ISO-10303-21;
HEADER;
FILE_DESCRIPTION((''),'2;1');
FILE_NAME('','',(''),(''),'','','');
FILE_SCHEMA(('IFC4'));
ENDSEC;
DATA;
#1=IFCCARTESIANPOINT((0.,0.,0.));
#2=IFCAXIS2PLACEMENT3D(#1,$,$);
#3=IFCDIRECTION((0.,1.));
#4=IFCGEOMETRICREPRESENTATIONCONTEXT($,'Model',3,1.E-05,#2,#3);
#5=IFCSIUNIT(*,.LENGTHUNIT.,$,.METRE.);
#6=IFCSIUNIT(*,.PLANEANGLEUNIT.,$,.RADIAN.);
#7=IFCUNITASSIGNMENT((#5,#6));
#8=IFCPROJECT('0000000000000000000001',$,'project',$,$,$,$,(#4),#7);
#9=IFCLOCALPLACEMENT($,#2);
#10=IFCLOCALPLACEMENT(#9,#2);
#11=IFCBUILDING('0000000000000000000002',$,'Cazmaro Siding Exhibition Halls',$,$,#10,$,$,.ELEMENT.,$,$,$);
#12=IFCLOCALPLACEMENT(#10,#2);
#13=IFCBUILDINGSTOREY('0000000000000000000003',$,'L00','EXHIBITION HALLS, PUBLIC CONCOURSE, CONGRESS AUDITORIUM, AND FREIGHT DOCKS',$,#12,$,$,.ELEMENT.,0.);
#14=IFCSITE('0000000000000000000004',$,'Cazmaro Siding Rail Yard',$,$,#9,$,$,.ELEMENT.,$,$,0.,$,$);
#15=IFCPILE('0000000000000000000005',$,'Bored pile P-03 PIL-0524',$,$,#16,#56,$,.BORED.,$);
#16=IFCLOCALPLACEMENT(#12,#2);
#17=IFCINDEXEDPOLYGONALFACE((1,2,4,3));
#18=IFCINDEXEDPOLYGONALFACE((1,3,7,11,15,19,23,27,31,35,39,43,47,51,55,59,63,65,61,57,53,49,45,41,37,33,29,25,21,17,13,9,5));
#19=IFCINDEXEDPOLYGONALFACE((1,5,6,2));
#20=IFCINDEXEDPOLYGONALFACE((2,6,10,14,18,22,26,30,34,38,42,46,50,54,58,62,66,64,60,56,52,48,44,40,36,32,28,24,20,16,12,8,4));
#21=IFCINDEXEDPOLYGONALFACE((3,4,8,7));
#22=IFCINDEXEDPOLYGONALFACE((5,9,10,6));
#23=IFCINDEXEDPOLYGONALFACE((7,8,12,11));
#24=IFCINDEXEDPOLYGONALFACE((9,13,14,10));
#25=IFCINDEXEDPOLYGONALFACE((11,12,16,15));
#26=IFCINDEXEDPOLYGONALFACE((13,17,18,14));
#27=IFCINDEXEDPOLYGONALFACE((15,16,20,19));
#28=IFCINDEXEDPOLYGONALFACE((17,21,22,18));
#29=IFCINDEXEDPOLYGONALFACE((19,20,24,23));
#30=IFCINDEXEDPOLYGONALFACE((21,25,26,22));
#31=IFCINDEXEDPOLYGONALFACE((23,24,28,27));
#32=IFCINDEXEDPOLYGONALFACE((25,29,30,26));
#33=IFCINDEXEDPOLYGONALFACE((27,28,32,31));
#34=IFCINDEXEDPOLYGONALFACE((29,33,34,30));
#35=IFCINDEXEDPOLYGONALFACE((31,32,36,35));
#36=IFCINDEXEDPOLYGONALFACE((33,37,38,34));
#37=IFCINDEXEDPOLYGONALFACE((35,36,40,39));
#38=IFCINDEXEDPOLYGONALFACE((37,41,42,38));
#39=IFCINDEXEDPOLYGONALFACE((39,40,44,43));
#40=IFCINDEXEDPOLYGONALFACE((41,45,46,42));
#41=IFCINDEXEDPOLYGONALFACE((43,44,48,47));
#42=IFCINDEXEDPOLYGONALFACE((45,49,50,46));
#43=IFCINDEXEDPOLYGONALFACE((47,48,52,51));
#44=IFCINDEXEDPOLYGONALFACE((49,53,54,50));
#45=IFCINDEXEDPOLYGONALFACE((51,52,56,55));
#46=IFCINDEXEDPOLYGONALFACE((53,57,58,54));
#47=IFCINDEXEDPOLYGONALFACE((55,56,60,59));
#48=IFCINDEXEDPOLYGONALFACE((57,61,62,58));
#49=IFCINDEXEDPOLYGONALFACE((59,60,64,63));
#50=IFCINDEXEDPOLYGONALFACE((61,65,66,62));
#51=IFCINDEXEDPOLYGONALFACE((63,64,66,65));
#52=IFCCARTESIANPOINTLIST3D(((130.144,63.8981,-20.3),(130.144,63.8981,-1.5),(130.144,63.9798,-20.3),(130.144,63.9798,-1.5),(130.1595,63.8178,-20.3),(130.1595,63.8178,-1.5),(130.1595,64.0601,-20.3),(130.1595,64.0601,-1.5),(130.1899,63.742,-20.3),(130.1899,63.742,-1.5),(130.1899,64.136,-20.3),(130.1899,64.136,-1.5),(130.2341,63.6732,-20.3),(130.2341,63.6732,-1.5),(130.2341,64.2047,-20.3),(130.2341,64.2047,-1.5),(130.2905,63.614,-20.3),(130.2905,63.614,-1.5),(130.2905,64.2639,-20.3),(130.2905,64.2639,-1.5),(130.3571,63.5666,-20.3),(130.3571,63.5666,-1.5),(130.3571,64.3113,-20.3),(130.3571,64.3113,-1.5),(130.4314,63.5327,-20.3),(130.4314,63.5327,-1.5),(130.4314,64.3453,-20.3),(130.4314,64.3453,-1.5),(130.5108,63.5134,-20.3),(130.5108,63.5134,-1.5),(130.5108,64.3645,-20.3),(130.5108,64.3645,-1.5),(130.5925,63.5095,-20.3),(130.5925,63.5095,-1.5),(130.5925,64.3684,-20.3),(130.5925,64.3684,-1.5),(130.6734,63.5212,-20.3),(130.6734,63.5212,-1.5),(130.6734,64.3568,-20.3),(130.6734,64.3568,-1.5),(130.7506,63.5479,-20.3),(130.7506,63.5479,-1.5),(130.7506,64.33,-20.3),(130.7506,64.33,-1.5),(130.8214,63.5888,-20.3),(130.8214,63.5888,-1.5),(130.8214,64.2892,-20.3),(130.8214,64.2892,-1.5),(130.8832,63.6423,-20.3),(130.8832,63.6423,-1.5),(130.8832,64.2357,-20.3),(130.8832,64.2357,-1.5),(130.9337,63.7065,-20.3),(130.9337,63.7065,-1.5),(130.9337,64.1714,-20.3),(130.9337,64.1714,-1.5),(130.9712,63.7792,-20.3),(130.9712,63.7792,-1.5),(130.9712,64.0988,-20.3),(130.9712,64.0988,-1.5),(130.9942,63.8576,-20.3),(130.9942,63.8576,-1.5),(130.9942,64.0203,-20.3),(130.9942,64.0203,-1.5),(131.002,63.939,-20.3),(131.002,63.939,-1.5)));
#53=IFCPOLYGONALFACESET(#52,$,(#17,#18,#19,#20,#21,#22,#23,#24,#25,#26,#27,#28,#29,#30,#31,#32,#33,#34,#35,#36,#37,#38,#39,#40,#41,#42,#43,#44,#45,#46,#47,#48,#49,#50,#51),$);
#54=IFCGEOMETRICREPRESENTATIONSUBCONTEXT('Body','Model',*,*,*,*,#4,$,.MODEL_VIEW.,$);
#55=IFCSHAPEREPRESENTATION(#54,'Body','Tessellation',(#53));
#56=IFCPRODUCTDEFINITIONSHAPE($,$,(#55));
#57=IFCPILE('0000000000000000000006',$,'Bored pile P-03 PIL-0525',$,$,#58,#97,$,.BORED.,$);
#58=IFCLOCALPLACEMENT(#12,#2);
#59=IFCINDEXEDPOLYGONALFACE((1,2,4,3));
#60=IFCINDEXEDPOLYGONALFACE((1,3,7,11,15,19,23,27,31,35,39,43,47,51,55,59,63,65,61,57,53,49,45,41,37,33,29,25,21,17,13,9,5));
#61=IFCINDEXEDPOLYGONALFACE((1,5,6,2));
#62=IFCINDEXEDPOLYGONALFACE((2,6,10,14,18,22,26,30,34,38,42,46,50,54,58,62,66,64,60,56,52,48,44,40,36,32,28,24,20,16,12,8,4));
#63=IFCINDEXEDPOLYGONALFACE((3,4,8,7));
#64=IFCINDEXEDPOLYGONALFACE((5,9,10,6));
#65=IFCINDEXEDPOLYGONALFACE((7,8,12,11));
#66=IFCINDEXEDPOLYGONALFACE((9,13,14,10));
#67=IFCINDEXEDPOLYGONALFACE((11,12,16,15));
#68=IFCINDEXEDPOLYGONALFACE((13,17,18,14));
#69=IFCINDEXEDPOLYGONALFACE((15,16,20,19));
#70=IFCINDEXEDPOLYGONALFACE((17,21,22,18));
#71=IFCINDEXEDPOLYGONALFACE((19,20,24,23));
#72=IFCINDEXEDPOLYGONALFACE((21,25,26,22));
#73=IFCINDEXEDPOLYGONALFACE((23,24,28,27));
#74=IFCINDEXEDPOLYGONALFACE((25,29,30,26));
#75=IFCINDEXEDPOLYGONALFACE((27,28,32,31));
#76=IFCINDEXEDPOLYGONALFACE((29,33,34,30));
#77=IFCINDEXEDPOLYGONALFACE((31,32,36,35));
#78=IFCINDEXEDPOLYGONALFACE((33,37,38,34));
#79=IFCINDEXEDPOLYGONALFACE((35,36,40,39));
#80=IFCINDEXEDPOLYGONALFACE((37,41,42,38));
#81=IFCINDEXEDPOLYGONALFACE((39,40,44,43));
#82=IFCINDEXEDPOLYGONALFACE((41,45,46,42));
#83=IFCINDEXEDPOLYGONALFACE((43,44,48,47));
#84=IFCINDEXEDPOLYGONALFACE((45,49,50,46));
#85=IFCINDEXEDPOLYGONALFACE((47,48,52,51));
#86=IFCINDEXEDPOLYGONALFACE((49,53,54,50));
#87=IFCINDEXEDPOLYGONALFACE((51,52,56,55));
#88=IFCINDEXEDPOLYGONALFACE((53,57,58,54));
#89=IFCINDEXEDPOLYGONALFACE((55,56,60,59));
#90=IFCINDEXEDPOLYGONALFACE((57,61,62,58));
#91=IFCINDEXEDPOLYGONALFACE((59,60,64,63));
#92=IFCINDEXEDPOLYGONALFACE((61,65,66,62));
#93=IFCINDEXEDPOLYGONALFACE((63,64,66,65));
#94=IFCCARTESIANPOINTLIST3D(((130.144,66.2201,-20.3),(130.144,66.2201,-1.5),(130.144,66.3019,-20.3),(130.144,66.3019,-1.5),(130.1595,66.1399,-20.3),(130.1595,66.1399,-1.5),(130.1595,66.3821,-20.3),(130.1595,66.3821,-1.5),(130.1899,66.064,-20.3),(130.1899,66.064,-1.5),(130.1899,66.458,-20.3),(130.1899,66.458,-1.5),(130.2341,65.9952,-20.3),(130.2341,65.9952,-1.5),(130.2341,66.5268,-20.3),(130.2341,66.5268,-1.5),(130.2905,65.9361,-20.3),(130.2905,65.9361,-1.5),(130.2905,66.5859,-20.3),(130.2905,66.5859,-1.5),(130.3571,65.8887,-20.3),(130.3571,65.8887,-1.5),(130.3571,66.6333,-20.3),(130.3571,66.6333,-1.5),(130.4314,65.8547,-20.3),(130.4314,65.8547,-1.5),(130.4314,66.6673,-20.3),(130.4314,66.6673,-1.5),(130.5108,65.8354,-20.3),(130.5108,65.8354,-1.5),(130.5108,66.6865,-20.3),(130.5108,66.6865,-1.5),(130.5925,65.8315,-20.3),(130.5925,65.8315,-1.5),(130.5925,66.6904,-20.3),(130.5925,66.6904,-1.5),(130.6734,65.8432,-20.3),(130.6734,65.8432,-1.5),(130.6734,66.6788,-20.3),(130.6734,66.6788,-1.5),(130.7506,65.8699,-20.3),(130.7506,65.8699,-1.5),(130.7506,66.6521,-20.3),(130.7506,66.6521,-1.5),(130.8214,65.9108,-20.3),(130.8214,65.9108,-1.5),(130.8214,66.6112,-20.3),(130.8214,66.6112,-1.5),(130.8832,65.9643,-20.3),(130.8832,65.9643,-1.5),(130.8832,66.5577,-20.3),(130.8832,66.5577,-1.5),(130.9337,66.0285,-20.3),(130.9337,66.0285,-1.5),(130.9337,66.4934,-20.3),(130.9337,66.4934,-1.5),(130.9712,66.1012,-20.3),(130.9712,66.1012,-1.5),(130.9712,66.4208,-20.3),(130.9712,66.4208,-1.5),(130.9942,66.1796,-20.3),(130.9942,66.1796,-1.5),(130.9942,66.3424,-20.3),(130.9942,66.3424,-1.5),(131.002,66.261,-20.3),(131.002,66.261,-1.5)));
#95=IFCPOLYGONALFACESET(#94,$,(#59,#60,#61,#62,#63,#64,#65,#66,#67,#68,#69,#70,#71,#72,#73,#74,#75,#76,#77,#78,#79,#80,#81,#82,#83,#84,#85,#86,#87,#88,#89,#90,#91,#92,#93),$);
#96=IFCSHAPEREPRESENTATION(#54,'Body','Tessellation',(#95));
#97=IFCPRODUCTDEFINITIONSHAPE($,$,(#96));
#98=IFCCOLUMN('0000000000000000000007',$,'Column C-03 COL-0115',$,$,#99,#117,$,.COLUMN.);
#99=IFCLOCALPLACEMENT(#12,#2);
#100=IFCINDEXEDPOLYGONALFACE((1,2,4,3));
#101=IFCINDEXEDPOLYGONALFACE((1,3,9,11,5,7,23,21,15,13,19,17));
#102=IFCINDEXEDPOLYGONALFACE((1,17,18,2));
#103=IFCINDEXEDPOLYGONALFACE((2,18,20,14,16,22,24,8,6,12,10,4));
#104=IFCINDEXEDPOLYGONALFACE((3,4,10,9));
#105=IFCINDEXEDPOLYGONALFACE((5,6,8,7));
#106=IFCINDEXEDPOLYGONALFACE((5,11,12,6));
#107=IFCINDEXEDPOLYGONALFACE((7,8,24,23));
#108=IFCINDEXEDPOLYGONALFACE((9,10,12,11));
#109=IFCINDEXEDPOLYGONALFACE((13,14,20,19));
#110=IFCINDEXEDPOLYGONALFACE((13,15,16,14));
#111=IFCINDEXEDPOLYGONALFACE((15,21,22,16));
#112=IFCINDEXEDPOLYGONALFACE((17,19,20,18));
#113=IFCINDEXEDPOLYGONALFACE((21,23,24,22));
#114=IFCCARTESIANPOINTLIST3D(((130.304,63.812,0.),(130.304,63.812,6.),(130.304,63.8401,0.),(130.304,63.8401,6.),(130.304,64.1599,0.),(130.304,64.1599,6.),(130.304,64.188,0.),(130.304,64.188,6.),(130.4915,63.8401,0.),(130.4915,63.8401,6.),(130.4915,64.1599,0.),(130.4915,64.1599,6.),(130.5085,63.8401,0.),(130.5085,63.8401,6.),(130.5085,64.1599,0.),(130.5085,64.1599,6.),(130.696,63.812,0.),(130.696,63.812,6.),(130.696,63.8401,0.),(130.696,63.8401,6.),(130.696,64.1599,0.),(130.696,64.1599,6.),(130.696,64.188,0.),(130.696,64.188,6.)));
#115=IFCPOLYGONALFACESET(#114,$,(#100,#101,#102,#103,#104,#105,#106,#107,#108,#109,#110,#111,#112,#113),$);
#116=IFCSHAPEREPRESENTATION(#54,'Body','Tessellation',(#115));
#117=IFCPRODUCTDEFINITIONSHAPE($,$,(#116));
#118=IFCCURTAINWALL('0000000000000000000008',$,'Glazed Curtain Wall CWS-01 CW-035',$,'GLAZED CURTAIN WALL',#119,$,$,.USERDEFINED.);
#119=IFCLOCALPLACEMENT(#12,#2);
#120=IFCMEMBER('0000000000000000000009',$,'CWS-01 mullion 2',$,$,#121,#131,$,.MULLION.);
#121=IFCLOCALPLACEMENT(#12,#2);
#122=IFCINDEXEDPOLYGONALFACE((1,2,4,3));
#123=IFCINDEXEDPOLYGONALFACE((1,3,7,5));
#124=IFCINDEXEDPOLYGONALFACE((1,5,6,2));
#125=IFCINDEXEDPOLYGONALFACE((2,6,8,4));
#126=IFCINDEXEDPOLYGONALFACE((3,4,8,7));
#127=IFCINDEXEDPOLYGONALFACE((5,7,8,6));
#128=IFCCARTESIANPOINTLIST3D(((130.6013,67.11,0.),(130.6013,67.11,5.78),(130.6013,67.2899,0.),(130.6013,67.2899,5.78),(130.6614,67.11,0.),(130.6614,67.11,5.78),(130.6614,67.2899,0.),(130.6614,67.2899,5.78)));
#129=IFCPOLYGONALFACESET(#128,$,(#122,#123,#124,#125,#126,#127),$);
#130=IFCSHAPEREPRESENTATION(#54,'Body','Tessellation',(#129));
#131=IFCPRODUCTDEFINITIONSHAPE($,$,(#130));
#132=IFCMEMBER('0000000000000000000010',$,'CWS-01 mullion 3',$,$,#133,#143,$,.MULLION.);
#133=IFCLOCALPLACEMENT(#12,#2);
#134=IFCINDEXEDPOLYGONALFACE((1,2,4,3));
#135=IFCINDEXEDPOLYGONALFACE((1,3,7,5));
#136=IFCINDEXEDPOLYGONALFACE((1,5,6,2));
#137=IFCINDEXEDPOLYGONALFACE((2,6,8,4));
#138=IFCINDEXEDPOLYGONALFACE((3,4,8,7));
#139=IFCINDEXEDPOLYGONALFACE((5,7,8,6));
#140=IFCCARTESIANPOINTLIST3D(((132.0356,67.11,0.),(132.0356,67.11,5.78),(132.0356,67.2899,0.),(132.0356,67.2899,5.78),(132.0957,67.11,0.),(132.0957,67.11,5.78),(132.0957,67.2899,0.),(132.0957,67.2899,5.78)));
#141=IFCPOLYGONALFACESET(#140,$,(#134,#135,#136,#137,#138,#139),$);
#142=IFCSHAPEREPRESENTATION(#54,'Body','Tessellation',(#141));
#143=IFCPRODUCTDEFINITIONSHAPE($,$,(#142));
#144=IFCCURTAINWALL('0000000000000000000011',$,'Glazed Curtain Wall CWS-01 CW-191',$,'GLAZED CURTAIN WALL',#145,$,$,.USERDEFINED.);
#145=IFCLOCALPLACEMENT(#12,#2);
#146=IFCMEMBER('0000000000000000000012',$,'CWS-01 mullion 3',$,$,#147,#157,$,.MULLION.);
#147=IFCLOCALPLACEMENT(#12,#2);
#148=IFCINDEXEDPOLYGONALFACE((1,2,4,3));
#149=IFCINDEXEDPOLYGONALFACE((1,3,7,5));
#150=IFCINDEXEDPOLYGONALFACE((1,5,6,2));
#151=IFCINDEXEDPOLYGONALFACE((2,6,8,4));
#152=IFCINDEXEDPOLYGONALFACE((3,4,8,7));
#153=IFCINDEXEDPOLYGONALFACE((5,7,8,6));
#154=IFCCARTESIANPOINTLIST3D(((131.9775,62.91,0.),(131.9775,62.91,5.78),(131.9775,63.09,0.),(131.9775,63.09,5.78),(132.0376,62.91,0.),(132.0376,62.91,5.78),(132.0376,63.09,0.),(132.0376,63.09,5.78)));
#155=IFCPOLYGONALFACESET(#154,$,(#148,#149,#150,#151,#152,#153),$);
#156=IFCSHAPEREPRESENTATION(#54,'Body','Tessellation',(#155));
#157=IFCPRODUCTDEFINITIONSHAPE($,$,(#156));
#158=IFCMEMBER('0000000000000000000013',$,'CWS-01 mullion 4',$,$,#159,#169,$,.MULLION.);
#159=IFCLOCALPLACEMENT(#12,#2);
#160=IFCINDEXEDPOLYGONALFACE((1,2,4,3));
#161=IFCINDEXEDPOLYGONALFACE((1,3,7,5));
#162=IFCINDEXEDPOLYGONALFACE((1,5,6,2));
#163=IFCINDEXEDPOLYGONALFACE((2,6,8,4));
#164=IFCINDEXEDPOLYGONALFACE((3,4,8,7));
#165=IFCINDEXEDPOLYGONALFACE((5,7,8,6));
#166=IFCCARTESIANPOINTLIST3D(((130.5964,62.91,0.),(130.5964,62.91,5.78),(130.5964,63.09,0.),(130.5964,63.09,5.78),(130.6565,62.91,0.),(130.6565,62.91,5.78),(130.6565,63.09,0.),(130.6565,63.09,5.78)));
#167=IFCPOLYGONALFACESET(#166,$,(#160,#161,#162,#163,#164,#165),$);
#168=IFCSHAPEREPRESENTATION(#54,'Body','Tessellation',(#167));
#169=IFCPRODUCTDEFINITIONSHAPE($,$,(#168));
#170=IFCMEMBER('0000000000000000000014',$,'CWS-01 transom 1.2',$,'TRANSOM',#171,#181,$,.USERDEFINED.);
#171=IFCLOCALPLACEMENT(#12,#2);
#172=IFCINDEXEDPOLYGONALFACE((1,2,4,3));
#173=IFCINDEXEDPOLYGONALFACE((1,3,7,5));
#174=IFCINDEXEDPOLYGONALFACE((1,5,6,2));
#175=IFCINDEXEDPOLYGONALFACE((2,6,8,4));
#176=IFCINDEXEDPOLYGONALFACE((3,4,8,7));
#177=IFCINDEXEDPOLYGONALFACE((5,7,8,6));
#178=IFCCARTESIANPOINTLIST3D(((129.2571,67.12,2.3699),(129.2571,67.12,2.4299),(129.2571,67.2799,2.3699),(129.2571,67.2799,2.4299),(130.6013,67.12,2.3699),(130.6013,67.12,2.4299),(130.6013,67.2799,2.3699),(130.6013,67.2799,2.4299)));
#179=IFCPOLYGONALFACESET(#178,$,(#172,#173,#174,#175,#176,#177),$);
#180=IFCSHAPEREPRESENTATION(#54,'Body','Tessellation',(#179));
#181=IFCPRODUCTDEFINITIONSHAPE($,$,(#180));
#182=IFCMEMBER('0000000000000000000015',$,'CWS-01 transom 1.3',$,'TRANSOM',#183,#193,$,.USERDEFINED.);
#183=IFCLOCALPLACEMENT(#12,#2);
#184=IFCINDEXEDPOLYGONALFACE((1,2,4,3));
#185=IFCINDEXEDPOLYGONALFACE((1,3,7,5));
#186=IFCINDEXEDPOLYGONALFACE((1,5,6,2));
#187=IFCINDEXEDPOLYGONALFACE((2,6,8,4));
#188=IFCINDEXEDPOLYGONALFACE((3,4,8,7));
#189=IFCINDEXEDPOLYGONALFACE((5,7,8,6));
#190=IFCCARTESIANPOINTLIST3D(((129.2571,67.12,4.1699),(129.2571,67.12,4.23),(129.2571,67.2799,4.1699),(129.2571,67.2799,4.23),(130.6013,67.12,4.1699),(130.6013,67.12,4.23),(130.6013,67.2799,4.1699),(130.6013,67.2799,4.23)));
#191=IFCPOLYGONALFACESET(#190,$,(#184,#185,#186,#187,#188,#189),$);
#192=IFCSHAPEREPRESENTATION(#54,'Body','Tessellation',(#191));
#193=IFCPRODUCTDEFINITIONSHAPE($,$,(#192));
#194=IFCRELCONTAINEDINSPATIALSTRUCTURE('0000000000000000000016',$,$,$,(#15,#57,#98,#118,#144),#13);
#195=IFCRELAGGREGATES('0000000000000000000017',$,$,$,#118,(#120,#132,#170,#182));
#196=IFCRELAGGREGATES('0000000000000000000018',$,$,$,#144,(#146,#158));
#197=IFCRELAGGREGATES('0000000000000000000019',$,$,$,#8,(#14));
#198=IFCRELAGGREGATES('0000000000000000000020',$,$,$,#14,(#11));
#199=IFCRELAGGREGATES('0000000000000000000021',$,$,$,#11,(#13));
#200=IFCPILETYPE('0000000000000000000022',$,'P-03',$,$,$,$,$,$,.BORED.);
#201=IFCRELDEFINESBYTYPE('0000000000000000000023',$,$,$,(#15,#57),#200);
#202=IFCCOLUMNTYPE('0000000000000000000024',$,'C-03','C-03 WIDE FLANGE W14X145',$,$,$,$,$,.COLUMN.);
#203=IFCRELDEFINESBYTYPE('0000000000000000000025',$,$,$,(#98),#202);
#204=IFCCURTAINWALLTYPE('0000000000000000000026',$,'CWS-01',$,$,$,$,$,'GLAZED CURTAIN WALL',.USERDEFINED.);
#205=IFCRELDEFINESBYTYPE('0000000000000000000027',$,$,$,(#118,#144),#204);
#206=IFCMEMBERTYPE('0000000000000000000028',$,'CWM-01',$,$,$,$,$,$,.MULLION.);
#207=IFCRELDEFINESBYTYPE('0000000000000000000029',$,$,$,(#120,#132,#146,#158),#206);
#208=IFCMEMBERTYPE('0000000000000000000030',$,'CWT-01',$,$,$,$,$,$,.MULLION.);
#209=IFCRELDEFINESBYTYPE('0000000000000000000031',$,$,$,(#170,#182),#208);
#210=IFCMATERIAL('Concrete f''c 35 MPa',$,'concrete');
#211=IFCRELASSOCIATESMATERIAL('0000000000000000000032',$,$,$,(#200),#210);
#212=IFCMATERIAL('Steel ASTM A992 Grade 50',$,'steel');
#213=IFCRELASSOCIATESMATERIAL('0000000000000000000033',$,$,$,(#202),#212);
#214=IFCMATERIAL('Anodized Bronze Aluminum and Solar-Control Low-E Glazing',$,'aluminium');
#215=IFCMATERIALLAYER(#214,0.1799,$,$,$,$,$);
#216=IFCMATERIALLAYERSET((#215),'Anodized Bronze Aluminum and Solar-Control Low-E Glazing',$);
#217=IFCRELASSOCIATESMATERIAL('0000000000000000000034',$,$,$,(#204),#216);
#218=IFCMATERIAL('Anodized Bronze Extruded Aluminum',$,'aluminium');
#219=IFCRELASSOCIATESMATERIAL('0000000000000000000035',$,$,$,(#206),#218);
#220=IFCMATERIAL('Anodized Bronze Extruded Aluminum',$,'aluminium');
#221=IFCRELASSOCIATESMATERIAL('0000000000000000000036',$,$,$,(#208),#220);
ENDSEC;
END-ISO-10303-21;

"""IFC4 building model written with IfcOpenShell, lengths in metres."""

from ifc_helpers import new_model, si_unit, direction, frame, origin, origin_2d, place, context, subcontext, project, spatial, rectangle, circle, i_section, extrude, material, layer, layer_set, material_profile, profile_set, type_object, element, aggregate, save


model = new_model("IFC4")

# Units and contexts
model_context = context("Model", 3, precision=1e-05, world=origin(), true_north=direction((0.0, 1.0)))
body_context = subcontext(model_context, "Body", "Model", "MODEL_VIEW")
ifc_project = project(units=[si_unit("LENGTHUNIT", "METRE"), si_unit("PLANEANGLEUNIT", "RADIAN")], contexts=[model_context])

# Site, building, storey
site_placement = place(None, origin())
site = spatial("IfcSite", under=ifc_project, at=site_placement, Name="Cazmaro Siding Rail Yard", CompositionType="ELEMENT", RefElevation=0.0)
building_placement = place(site_placement, origin())
building = spatial("IfcBuilding", under=site, at=building_placement, Name="Cazmaro Siding Exhibition Halls", CompositionType="ELEMENT")
storey_placement = place(building_placement, origin())
storey = spatial("IfcBuildingStorey", under=building, at=storey_placement, Name="L00", Description="EXHIBITION HALLS, PUBLIC CONCOURSE, CONGRESS AUDITORIUM, AND FREIGHT DOCKS", CompositionType="ELEMENT", Elevation=0.0)

# Piles
ifc_material_1 = material(Name="Concrete f'c 35 MPa", Category="concrete")
ifc_material_profile_1 = material_profile(ifc_material_1, circle(Radius=0.4299, at=origin_2d()), Name="CIDH-860")
ifc_profile_set_1 = profile_set([ifc_material_profile_1], Name="Concrete f'c 35 MPa")
pile_type = type_object("IfcPileType", Name="P-03", PredefinedType="BORED", material=ifc_profile_set_1)
for number, where, z_axis, x_axis, name in (
    (1, (130.572, 63.939, -1.5), (0.0, 0.0, -1.0), (1.0, 0.0, 0.0), "Bored pile P-03 PIL-0524"),
    (2, (130.572, 66.261, -1.5), (0.0, 0.0, -1.0), (1.0, 0.0, 0.0), "Bored pile P-03 PIL-0525"),
):
    element("IfcPile", number, at=place(storey_placement, frame(where, z_axis=z_axis, x_axis=x_axis)), inside=storey, type_object=pile_type, Name=name, PredefinedType="BORED", context=body_context, shape_type="SweptSolid", body=[
        extrude(circle(Radius=0.4299, at=origin_2d()), origin(), (0.0, 0.0, 1.0), 18.8),
    ])

# Column
ifc_material_2 = material(Name="Steel ASTM A992 Grade 50", Category="steel")
ifc_material_profile_2 = material_profile(ifc_material_2, i_section(OverallWidth=0.3921, OverallDepth=0.376, WebThickness=0.0171, FlangeThickness=0.0281, at=origin_2d()), Name="W14X145")
ifc_profile_set_2 = profile_set([ifc_material_profile_2], Name="Steel ASTM A992 Grade 50")
column_type = type_object("IfcColumnType", Name="C-03", Description="C-03 WIDE FLANGE W14X145", PredefinedType="COLUMN", material=ifc_profile_set_2)
column_placement = place(storey_placement, frame((130.5, 64.0, 0.0), z_axis=(0.0, 0.0, 1.0), x_axis=(1.0, 0.0, 0.0)))
element("IfcColumn", 3, at=column_placement, inside=storey, type_object=column_type, Name="Column C-03 COL-0115", PredefinedType="COLUMN", context=body_context, shape_type="SweptSolid", body=[
    extrude(i_section(OverallWidth=0.3921, OverallDepth=0.376, WebThickness=0.0171, FlangeThickness=0.0281, at=origin_2d()), origin(), (0.0, 0.0, 1.0), 6.0),
])

# Curtain walls, members
ifc_material_3 = material(Name="Anodized Bronze Aluminum and Solar-Control Low-E Glazing", Category="aluminium")
ifc_layer_1 = layer(ifc_material_3, 0.1799)
ifc_layer_set_1 = layer_set([ifc_layer_1], Name="Anodized Bronze Aluminum and Solar-Control Low-E Glazing")
curtain_wall_type = type_object("IfcCurtainWallType", Name="CWS-01", ElementType="GLAZED CURTAIN WALL", PredefinedType="USERDEFINED", material=ifc_layer_set_1)
curtain_wall_1_placement = place(storey_placement, origin())
curtain_wall_1 = element("IfcCurtainWall", 4, at=curtain_wall_1_placement, inside=storey, type_object=curtain_wall_type, Name="Glazed Curtain Wall CWS-01 CW-035", ObjectType="GLAZED CURTAIN WALL", PredefinedType="USERDEFINED")
ifc_material_4 = material(Name="Anodized Bronze Extruded Aluminum", Category="aluminium")
ifc_material_profile_3 = material_profile(ifc_material_4, rectangle(XDim=0.1799, YDim=0.0601, at=origin_2d()), Name="CWM-01")
ifc_profile_set_3 = profile_set([ifc_material_profile_3], Name="Anodized Bronze Extruded Aluminum")
member_type_1 = type_object("IfcMemberType", Name="CWM-01", PredefinedType="MULLION", material=ifc_profile_set_3)
member_1_placement = place(storey_placement, frame((130.6313, 67.2, 0.0), z_axis=(0.0, 0.0, 1.0), x_axis=(0.0, 1.0, 0.0)))
member_1 = element("IfcMember", 5, at=member_1_placement, type_object=member_type_1, Name="CWS-01 mullion 2", PredefinedType="MULLION", context=body_context, shape_type="SweptSolid", body=[
    extrude(rectangle(XDim=0.1799, YDim=0.0601, at=origin_2d()), origin(), (0.0, 0.0, 1.0), 5.78),
])
member_2_placement = place(storey_placement, frame((132.0657, 67.2, 0.0), z_axis=(0.0, 0.0, 1.0), x_axis=(0.0, 1.0, 0.0)))
member_2 = element("IfcMember", 6, at=member_2_placement, type_object=member_type_1, Name="CWS-01 mullion 3", PredefinedType="MULLION", context=body_context, shape_type="SweptSolid", body=[
    extrude(rectangle(XDim=0.1799, YDim=0.0601, at=origin_2d()), origin(), (0.0, 0.0, 1.0), 5.78),
])
curtain_wall_2_placement = place(storey_placement, origin())
curtain_wall_2 = element("IfcCurtainWall", 7, at=curtain_wall_2_placement, inside=storey, type_object=curtain_wall_type, Name="Glazed Curtain Wall CWS-01 CW-191", ObjectType="GLAZED CURTAIN WALL", PredefinedType="USERDEFINED")
member_3_placement = place(storey_placement, frame((132.0076, 63.0, 0.0), z_axis=(0.0, 0.0, 1.0), x_axis=(0.0, -1.0, 0.0)))
member_3 = element("IfcMember", 8, at=member_3_placement, type_object=member_type_1, Name="CWS-01 mullion 3", PredefinedType="MULLION", context=body_context, shape_type="SweptSolid", body=[
    extrude(rectangle(XDim=0.1799, YDim=0.0601, at=origin_2d()), origin(), (0.0, 0.0, 1.0), 5.78),
])
member_4_placement = place(storey_placement, frame((130.6265, 63.0, 0.0), z_axis=(0.0, 0.0, 1.0), x_axis=(0.0, -1.0, 0.0)))
member_4 = element("IfcMember", 9, at=member_4_placement, type_object=member_type_1, Name="CWS-01 mullion 4", PredefinedType="MULLION", context=body_context, shape_type="SweptSolid", body=[
    extrude(rectangle(XDim=0.1799, YDim=0.0601, at=origin_2d()), origin(), (0.0, 0.0, 1.0), 5.78),
])

# Members
ifc_material_5 = material(Name="Anodized Bronze Extruded Aluminum", Category="aluminium")
ifc_material_profile_4 = material_profile(ifc_material_5, rectangle(XDim=0.1599, YDim=0.0601, at=origin_2d()), Name="CWT-01")
ifc_profile_set_4 = profile_set([ifc_material_profile_4], Name="Anodized Bronze Extruded Aluminum")
member_type_2 = type_object("IfcMemberType", Name="CWT-01", PredefinedType="MULLION", material=ifc_profile_set_4)
member_5_placement = place(storey_placement, frame((129.2571, 67.2, 2.3999), z_axis=(1.0, 0.0, 0.0), x_axis=(0.0, 1.0, 0.0)))
member_5 = element("IfcMember", 10, at=member_5_placement, type_object=member_type_2, Name="CWS-01 transom 1.2", ObjectType="TRANSOM", PredefinedType="USERDEFINED", context=body_context, shape_type="SweptSolid", body=[
    extrude(rectangle(XDim=0.1599, YDim=0.0601, at=origin_2d()), origin(), (0.0, 0.0, 1.0), 1.3442),
])
member_6_placement = place(storey_placement, frame((129.2571, 67.2, 4.2), z_axis=(1.0, 0.0, 0.0), x_axis=(0.0, 1.0, 0.0)))
member_6 = element("IfcMember", 11, at=member_6_placement, type_object=member_type_2, Name="CWS-01 transom 1.3", ObjectType="TRANSOM", PredefinedType="USERDEFINED", context=body_context, shape_type="SweptSolid", body=[
    extrude(rectangle(XDim=0.1599, YDim=0.0601, at=origin_2d()), origin(), (0.0, 0.0, 1.0), 1.3442),
])

aggregate(curtain_wall_1, [member_1, member_2, member_5, member_6])
aggregate(curtain_wall_2, [member_3, member_4])

save(model, "model.ifc")
